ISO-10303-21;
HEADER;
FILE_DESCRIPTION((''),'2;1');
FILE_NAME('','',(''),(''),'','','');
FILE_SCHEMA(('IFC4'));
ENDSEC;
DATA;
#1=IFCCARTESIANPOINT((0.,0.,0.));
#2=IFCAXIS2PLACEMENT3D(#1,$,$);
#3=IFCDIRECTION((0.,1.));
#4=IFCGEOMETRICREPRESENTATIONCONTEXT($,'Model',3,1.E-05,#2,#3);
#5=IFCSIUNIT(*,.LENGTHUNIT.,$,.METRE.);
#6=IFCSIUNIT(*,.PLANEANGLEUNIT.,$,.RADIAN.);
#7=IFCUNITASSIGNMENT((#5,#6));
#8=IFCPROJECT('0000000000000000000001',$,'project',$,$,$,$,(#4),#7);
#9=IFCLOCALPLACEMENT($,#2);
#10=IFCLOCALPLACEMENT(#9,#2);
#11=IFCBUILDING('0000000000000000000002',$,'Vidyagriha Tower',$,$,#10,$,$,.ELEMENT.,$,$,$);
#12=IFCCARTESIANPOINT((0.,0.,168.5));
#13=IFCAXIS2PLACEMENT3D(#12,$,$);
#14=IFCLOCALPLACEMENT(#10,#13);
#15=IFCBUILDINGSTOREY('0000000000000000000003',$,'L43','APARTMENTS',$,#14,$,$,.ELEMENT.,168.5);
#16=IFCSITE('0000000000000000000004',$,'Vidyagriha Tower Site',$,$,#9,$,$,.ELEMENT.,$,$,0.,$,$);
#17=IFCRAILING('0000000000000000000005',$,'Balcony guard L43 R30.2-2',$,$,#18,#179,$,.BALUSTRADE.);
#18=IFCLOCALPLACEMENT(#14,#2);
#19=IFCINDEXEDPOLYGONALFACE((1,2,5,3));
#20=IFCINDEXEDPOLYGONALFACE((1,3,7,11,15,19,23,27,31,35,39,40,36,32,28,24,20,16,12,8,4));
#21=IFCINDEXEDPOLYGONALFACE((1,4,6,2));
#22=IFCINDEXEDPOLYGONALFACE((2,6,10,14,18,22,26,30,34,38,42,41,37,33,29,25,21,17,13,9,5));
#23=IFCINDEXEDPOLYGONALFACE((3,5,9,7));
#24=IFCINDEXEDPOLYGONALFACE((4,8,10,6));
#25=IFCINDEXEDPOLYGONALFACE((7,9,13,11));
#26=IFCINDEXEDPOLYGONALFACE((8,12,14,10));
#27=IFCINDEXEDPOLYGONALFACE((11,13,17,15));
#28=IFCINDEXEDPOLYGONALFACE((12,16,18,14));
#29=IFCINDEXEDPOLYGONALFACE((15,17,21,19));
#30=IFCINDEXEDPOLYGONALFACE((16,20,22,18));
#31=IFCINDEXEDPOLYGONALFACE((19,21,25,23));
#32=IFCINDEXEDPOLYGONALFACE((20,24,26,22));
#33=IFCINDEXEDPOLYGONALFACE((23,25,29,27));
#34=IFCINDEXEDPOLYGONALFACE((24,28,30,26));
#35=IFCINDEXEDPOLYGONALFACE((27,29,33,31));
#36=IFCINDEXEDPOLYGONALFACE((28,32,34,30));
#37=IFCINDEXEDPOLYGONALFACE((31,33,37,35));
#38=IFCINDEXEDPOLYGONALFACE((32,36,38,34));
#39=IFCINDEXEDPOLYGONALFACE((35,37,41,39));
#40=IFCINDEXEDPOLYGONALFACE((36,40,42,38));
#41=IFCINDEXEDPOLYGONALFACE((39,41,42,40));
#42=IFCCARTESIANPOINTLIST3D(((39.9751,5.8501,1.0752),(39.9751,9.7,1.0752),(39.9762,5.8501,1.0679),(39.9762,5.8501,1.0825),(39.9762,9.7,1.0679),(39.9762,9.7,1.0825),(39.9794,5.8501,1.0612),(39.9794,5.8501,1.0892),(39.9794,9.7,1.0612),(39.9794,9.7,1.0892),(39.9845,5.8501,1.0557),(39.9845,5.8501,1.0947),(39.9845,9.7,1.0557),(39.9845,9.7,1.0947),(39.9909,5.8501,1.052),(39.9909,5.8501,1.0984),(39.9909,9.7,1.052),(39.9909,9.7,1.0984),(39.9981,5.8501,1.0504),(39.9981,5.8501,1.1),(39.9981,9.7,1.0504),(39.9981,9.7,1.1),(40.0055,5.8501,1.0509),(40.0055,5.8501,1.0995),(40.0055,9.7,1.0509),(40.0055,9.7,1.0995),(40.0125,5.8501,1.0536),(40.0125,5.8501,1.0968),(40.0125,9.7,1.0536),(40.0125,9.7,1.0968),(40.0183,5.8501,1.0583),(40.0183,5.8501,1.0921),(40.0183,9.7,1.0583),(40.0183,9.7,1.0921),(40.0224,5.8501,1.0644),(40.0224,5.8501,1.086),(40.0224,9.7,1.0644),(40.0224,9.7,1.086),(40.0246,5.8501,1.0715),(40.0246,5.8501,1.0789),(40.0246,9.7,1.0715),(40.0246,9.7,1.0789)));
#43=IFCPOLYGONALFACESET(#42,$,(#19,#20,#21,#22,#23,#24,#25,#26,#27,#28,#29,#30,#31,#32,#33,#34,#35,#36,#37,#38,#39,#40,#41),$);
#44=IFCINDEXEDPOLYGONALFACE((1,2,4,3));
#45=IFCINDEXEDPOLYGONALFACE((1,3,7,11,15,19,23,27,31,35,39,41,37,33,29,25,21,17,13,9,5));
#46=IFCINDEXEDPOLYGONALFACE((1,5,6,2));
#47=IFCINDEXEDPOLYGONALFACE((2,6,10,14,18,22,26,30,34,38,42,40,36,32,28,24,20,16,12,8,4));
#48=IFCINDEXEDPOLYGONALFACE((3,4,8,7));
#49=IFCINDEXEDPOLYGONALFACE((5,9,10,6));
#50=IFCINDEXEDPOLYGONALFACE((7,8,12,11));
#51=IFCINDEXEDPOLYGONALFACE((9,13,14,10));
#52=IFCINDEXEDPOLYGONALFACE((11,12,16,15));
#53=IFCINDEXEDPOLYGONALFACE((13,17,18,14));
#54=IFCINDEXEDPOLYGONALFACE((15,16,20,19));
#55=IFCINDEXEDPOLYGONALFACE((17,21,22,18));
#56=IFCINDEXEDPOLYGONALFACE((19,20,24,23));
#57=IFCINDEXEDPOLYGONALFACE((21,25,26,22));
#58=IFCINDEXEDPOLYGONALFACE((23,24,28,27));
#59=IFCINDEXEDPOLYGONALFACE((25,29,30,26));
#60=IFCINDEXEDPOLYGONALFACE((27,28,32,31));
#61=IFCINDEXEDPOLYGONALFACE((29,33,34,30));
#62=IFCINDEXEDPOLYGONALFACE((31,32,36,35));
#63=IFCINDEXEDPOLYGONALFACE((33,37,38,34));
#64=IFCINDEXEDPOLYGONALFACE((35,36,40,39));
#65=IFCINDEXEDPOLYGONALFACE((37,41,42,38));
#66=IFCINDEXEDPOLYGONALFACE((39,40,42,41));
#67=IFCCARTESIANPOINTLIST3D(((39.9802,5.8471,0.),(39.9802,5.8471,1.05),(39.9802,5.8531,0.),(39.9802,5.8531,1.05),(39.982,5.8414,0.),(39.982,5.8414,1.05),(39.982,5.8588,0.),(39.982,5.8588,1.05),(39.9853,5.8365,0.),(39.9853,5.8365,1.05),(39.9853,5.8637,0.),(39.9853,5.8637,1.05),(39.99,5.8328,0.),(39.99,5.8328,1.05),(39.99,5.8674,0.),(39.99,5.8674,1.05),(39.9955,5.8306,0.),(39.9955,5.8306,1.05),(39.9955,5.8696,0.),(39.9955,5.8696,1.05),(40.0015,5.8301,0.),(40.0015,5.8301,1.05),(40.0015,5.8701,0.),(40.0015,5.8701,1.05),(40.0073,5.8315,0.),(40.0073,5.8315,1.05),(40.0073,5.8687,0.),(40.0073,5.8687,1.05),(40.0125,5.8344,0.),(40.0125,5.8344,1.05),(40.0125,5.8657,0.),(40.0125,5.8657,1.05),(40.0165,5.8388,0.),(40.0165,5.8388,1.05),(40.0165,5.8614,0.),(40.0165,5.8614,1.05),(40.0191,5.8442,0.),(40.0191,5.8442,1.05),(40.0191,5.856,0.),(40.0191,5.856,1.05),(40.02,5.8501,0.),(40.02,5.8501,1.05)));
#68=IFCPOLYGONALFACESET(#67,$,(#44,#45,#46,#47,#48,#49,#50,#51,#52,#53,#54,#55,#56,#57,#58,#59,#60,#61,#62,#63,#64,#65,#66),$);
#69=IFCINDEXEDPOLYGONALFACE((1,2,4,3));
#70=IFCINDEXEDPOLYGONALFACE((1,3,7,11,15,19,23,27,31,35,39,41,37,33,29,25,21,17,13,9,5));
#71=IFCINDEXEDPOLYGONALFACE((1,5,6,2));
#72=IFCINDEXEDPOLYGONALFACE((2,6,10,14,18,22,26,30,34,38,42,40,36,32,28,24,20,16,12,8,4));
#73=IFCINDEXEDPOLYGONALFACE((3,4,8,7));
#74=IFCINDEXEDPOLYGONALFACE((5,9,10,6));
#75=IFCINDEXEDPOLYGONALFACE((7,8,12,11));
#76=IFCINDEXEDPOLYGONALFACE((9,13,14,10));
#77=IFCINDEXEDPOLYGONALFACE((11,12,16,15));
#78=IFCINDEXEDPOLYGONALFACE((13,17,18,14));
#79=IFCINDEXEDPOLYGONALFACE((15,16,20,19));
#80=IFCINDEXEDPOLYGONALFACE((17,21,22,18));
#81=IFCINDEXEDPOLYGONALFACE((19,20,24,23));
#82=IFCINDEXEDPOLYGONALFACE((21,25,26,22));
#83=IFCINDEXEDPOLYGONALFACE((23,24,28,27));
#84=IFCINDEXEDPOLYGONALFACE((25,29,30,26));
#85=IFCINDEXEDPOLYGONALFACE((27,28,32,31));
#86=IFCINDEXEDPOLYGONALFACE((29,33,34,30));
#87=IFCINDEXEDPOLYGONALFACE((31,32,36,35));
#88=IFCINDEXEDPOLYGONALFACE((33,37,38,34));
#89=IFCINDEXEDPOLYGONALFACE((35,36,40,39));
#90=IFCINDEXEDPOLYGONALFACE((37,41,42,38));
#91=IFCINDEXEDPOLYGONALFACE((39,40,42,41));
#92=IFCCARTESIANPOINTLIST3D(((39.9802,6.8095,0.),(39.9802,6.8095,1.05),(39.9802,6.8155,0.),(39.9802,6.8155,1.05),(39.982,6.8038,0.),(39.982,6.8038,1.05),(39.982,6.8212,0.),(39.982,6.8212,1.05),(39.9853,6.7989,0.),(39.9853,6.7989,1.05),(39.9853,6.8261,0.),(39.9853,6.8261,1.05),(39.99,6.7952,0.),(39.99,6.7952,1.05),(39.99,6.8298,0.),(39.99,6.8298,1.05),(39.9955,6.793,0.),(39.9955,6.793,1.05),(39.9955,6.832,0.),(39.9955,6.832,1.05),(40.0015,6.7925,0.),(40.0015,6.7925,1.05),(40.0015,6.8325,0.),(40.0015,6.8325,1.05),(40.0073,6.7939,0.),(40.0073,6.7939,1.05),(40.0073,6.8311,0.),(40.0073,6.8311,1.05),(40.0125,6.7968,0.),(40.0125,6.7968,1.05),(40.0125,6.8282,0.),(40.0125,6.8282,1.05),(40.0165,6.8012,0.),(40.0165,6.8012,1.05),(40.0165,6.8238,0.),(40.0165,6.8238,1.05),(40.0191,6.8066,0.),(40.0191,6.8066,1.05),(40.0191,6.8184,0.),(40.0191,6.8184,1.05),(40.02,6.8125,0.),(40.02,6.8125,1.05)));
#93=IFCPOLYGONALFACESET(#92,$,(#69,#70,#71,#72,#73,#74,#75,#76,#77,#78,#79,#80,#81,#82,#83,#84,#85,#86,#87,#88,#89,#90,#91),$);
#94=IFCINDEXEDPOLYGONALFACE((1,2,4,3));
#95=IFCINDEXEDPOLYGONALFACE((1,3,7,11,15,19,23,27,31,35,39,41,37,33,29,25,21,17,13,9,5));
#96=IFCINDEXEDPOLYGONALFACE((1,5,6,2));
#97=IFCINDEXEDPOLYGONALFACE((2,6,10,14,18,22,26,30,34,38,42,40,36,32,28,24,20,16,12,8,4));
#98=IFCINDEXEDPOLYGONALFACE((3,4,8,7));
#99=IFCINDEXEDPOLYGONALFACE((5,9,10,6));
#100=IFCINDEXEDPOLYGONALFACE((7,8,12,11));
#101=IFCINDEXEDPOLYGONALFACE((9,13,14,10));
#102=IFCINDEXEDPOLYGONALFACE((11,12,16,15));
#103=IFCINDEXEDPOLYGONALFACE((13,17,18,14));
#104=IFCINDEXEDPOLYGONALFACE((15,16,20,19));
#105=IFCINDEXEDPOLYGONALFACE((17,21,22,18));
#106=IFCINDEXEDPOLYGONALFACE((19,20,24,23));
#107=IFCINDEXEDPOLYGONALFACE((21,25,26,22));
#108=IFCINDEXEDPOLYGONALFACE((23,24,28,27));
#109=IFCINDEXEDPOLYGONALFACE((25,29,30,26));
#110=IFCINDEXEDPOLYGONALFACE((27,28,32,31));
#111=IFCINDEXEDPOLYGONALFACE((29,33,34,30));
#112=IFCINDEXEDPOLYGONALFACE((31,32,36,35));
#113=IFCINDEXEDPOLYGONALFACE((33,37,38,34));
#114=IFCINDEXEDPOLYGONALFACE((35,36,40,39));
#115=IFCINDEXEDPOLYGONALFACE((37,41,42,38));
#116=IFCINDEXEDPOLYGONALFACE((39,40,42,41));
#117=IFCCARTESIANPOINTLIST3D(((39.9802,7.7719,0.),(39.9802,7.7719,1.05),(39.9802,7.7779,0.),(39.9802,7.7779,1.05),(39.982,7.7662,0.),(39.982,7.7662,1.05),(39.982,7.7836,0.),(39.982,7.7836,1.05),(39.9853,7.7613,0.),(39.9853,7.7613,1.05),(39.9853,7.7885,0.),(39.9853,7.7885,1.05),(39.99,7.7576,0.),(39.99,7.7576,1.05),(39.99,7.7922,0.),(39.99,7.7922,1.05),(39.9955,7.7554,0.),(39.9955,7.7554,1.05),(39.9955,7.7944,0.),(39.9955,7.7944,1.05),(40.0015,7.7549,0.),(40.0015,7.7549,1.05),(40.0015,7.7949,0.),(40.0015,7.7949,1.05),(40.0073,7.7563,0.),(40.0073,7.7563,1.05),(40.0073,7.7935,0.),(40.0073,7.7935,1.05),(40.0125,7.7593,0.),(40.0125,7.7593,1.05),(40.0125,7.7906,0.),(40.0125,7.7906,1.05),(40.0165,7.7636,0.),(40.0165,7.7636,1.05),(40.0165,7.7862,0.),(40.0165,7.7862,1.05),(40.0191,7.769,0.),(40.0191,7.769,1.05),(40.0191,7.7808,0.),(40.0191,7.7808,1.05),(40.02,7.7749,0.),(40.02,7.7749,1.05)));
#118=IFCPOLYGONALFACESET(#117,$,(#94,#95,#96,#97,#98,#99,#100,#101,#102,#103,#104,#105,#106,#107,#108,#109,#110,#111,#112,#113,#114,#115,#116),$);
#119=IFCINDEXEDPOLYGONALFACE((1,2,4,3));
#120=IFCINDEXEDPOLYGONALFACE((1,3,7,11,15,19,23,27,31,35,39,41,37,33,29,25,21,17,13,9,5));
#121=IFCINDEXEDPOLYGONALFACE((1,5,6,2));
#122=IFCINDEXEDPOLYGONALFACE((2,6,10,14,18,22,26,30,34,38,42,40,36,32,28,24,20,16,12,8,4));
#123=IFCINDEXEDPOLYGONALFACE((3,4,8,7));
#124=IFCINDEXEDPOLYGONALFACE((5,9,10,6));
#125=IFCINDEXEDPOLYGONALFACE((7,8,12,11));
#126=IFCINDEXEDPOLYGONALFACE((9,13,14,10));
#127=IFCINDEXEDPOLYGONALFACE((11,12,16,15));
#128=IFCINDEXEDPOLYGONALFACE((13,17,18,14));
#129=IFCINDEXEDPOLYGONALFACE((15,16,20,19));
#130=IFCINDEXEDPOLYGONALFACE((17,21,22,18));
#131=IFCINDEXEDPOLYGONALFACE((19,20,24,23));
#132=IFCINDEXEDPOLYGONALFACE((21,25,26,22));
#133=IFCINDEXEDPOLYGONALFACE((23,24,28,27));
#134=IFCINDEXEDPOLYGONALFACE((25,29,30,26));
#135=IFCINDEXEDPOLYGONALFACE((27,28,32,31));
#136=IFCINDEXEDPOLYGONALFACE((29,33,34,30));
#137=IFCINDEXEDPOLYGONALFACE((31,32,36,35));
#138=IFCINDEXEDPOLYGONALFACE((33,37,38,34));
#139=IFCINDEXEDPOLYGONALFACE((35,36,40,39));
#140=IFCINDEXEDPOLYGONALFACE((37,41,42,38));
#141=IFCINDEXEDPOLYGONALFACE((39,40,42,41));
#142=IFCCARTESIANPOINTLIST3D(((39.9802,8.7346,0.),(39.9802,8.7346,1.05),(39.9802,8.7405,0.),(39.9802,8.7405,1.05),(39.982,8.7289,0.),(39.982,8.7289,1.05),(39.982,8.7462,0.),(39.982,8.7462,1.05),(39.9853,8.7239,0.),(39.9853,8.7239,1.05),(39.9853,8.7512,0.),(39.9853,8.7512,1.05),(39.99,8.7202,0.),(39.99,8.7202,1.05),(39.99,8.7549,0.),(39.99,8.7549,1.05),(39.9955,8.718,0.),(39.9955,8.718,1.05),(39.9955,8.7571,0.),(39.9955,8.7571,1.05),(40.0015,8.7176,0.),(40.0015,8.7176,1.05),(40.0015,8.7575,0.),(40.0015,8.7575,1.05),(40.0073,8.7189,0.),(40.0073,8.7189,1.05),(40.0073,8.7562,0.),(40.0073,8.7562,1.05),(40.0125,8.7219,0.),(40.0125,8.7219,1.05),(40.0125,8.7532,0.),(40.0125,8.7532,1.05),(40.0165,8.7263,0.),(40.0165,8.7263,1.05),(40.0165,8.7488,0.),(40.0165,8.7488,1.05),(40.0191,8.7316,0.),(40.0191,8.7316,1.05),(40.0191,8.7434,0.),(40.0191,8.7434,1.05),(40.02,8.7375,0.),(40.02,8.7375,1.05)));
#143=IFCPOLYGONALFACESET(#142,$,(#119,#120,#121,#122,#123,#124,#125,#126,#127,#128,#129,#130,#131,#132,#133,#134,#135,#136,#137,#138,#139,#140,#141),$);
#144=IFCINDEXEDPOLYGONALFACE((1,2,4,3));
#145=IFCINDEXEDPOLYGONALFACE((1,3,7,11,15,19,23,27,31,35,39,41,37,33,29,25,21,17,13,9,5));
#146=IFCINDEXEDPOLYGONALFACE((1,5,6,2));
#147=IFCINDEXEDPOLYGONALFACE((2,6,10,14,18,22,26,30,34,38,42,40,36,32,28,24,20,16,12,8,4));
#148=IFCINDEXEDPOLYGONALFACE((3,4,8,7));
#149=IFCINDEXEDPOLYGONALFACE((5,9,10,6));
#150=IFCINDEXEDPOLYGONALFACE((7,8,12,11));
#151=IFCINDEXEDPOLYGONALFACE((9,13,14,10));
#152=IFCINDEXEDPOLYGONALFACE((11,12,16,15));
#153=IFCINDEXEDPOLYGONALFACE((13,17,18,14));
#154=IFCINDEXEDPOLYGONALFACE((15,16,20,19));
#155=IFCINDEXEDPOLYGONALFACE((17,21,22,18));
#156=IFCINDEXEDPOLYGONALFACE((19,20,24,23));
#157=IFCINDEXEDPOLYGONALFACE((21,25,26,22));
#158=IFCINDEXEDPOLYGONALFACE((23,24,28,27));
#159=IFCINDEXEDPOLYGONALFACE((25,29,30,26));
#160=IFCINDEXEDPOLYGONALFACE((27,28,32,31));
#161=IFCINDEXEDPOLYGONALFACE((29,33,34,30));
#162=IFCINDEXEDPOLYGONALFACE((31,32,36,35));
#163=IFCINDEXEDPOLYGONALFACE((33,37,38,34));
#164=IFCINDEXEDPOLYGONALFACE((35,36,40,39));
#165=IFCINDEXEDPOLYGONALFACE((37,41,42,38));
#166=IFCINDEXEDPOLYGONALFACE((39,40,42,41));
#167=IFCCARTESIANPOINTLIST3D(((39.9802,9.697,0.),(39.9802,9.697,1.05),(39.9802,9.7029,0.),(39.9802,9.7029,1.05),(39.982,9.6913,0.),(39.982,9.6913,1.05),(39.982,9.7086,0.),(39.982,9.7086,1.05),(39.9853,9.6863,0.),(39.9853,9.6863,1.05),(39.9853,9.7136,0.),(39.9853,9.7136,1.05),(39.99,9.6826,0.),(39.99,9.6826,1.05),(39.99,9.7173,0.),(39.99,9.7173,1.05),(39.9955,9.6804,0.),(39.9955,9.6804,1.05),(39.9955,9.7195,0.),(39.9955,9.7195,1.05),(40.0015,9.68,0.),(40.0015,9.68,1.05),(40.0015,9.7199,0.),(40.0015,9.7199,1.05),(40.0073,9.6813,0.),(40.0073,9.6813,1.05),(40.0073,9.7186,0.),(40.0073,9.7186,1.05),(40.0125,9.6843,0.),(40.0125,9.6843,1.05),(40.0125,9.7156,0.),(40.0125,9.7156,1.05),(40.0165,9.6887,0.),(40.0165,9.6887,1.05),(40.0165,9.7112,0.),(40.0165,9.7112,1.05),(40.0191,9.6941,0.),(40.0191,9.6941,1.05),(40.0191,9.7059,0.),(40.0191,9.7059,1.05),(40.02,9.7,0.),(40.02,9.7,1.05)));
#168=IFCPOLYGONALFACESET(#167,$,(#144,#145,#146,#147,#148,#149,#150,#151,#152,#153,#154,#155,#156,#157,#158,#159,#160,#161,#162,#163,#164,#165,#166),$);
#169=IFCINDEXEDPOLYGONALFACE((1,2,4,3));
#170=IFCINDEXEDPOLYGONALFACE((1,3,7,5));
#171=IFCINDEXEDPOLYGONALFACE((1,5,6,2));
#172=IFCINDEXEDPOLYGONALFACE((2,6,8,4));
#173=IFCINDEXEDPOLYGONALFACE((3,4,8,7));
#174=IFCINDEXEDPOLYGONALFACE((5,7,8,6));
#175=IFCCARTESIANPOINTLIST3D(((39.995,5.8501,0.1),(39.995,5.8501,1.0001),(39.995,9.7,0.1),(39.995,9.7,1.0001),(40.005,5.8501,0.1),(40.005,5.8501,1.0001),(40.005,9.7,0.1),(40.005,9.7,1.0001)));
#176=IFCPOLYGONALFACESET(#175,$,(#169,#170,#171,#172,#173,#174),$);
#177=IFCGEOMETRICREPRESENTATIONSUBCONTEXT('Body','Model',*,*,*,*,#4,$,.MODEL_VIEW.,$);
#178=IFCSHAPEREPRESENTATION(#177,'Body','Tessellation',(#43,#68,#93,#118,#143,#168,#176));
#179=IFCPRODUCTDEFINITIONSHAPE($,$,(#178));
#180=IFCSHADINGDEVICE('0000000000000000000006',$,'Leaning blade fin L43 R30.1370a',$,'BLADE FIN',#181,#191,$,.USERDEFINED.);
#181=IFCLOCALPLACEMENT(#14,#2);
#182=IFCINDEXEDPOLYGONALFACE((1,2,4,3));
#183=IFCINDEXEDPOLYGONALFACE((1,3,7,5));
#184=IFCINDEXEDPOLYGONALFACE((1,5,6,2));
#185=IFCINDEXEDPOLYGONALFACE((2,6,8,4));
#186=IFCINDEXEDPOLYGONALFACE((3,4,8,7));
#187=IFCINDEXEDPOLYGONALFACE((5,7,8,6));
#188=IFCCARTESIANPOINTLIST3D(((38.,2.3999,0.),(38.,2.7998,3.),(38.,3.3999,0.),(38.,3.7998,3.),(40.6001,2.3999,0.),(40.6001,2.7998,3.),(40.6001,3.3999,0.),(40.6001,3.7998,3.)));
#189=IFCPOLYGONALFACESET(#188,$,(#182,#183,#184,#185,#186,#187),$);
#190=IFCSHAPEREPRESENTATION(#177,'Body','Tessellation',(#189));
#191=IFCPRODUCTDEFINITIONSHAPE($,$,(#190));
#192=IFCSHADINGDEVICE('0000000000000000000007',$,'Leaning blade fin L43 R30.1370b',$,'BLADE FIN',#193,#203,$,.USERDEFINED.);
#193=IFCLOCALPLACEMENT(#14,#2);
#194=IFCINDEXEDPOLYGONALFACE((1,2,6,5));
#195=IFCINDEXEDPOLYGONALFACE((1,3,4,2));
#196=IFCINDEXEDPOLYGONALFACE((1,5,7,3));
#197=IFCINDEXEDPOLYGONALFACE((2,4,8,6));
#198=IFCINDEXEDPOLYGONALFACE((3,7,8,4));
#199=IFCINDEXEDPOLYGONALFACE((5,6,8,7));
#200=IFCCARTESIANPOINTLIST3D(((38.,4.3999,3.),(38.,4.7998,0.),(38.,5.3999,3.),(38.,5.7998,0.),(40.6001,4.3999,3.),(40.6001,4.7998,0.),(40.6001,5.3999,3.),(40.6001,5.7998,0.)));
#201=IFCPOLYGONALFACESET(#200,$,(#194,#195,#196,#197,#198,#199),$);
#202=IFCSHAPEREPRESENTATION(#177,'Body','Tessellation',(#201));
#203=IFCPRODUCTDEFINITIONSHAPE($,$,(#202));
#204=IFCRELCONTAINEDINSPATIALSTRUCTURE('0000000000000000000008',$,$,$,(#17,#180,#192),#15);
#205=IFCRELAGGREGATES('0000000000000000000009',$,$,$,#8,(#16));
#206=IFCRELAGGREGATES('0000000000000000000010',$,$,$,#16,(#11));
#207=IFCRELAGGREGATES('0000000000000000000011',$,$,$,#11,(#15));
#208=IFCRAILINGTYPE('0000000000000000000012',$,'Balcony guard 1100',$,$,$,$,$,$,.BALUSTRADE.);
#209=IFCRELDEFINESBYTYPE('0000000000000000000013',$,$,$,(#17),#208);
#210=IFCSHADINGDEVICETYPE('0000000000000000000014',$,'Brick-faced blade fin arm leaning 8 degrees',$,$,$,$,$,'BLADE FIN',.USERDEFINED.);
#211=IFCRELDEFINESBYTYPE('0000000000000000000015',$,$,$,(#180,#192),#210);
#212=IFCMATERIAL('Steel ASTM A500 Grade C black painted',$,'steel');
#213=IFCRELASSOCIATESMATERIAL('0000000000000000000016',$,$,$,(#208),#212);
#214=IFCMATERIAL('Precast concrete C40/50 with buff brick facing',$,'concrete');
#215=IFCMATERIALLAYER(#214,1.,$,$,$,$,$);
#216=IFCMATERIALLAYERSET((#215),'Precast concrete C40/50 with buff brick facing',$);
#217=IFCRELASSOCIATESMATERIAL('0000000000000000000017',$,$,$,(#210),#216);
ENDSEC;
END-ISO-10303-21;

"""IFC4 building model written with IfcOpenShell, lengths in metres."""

from ifc_helpers import new_model, si_unit, direction, frame, origin, origin_2d, place, context, subcontext, project, spatial, polyline, rectangle, circle, outline, extrude, material, layer, layer_set, type_object, element, save


model = new_model("IFC4")

# Units and contexts
model_context = context("Model", 3, precision=1e-05, world=origin(), true_north=direction((0.0, 1.0)))
body_context = subcontext(model_context, "Body", "Model", "MODEL_VIEW")
ifc_project = project(units=[si_unit("LENGTHUNIT", "METRE"), si_unit("PLANEANGLEUNIT", "RADIAN")], contexts=[model_context])

# Site, building, storey
site_placement = place(None, origin())
site = spatial("IfcSite", under=ifc_project, at=site_placement, Name="Vidyagriha Tower Site", CompositionType="ELEMENT", RefElevation=0.0)
building_placement = place(site_placement, origin())
building = spatial("IfcBuilding", under=site, at=building_placement, Name="Vidyagriha Tower", CompositionType="ELEMENT")
storey_placement = place(building_placement, frame((0.0, 0.0, 168.5)))
storey = spatial("IfcBuildingStorey", under=building, at=storey_placement, Name="L43", Description="APARTMENTS", CompositionType="ELEMENT", Elevation=168.5)

# Railing
ifc_material_1 = material(Name="Steel ASTM A500 Grade C black painted", Category="steel")
railing_type_1 = type_object("IfcRailingType", Name="Balcony guard 1100", PredefinedType="BALUSTRADE", material=ifc_material_1)
railing_1_placement = place(storey_placement, frame((40.0, 5.8501, 0.0)))
element("IfcRailing", 1, at=railing_1_placement, inside=storey, type_object=railing_type_1, Name="Balcony guard L43 R30.2-2", PredefinedType="BALUSTRADE", context=body_context, shape_type="SweptSolid", body=[
    extrude(circle(Radius=0.0249, at=origin_2d()), frame((0.0, 0.0, 1.0752), z_axis=(0.0, 1.0, 0.0), x_axis=(-1.0, 0.0, 0.0)), (0.0, 0.0, 1.0), 3.8499),
    extrude(circle(Radius=0.02, at=origin_2d()), origin(), (0.0, 0.0, 1.0), 1.05),
    extrude(circle(Radius=0.02, at=origin_2d()), frame((0.0, 0.9624, 0.0)), (0.0, 0.0, 1.0), 1.05),
    extrude(circle(Radius=0.02, at=origin_2d()), frame((0.0, 1.9248, 0.0)), (0.0, 0.0, 1.0), 1.05),
    extrude(circle(Radius=0.02, at=origin_2d()), frame((0.0, 2.8875, 0.0)), (0.0, 0.0, 1.0), 1.05),
    extrude(circle(Radius=0.02, at=origin_2d()), frame((0.0, 3.8499, 0.0)), (0.0, 0.0, 1.0), 1.05),
    extrude(rectangle(XDim=0.01, YDim=0.9001, at=origin_2d()), frame((0.0, 0.0, 0.55), z_axis=(0.0, 1.0, 0.0), x_axis=(-1.0, 0.0, 0.0)), (0.0, 0.0, 1.0), 3.8499),
])

# Shading devices
ifc_material_2 = material(Name="Precast concrete C40/50 with buff brick facing", Category="concrete")
ifc_layer_1 = layer(ifc_material_2, 1.0)
ifc_layer_set_1 = layer_set([ifc_layer_1], Name="Precast concrete C40/50 with buff brick facing")
shading_device_type_1 = type_object("IfcShadingDeviceType", Name="Brick-faced blade fin arm leaning 8 degrees", ElementType="BLADE FIN", PredefinedType="USERDEFINED", material=ifc_layer_set_1)
shading_device_1_placement = place(storey_placement, frame((39.3, 2.3999, 0.0), z_axis=(0.0, 0.0, 1.0), x_axis=(0.0, 1.0, 0.0)))
element("IfcShadingDevice", 2, at=shading_device_1_placement, inside=storey, type_object=shading_device_type_1, Name="Leaning blade fin L43 R30.1370a", ObjectType="BLADE FIN", PredefinedType="USERDEFINED", context=body_context, shape_type="SweptSolid", body=[
    extrude(outline(polyline([(0.0, 0.0), (1.0, 0.0), (1.3999, 3.0), (0.3999, 3.0), (0.0, 0.0)])), frame((0.0, 1.3, 0.0), z_axis=(0.0, -1.0, 0.0), x_axis=(1.0, 0.0, 0.0)), (0.0, 0.0, 1.0), 2.6001),
])
shading_device_2_placement = place(storey_placement, frame((39.3, 4.3999, 0.0), z_axis=(0.0, 0.0, 1.0), x_axis=(0.0, 1.0, 0.0)))
element("IfcShadingDevice", 3, at=shading_device_2_placement, inside=storey, type_object=shading_device_type_1, Name="Leaning blade fin L43 R30.1370b", ObjectType="BLADE FIN", PredefinedType="USERDEFINED", context=body_context, shape_type="SweptSolid", body=[
    extrude(outline(polyline([(0.3999, 0.0), (1.3999, 0.0), (1.0, 3.0), (0.0, 3.0), (0.3999, 0.0)])), frame((0.0, 1.3, 0.0), z_axis=(0.0, -1.0, 0.0), x_axis=(1.0, 0.0, 0.0)), (0.0, 0.0, 1.0), 2.6001),
])

save(model, "model.ifc")
